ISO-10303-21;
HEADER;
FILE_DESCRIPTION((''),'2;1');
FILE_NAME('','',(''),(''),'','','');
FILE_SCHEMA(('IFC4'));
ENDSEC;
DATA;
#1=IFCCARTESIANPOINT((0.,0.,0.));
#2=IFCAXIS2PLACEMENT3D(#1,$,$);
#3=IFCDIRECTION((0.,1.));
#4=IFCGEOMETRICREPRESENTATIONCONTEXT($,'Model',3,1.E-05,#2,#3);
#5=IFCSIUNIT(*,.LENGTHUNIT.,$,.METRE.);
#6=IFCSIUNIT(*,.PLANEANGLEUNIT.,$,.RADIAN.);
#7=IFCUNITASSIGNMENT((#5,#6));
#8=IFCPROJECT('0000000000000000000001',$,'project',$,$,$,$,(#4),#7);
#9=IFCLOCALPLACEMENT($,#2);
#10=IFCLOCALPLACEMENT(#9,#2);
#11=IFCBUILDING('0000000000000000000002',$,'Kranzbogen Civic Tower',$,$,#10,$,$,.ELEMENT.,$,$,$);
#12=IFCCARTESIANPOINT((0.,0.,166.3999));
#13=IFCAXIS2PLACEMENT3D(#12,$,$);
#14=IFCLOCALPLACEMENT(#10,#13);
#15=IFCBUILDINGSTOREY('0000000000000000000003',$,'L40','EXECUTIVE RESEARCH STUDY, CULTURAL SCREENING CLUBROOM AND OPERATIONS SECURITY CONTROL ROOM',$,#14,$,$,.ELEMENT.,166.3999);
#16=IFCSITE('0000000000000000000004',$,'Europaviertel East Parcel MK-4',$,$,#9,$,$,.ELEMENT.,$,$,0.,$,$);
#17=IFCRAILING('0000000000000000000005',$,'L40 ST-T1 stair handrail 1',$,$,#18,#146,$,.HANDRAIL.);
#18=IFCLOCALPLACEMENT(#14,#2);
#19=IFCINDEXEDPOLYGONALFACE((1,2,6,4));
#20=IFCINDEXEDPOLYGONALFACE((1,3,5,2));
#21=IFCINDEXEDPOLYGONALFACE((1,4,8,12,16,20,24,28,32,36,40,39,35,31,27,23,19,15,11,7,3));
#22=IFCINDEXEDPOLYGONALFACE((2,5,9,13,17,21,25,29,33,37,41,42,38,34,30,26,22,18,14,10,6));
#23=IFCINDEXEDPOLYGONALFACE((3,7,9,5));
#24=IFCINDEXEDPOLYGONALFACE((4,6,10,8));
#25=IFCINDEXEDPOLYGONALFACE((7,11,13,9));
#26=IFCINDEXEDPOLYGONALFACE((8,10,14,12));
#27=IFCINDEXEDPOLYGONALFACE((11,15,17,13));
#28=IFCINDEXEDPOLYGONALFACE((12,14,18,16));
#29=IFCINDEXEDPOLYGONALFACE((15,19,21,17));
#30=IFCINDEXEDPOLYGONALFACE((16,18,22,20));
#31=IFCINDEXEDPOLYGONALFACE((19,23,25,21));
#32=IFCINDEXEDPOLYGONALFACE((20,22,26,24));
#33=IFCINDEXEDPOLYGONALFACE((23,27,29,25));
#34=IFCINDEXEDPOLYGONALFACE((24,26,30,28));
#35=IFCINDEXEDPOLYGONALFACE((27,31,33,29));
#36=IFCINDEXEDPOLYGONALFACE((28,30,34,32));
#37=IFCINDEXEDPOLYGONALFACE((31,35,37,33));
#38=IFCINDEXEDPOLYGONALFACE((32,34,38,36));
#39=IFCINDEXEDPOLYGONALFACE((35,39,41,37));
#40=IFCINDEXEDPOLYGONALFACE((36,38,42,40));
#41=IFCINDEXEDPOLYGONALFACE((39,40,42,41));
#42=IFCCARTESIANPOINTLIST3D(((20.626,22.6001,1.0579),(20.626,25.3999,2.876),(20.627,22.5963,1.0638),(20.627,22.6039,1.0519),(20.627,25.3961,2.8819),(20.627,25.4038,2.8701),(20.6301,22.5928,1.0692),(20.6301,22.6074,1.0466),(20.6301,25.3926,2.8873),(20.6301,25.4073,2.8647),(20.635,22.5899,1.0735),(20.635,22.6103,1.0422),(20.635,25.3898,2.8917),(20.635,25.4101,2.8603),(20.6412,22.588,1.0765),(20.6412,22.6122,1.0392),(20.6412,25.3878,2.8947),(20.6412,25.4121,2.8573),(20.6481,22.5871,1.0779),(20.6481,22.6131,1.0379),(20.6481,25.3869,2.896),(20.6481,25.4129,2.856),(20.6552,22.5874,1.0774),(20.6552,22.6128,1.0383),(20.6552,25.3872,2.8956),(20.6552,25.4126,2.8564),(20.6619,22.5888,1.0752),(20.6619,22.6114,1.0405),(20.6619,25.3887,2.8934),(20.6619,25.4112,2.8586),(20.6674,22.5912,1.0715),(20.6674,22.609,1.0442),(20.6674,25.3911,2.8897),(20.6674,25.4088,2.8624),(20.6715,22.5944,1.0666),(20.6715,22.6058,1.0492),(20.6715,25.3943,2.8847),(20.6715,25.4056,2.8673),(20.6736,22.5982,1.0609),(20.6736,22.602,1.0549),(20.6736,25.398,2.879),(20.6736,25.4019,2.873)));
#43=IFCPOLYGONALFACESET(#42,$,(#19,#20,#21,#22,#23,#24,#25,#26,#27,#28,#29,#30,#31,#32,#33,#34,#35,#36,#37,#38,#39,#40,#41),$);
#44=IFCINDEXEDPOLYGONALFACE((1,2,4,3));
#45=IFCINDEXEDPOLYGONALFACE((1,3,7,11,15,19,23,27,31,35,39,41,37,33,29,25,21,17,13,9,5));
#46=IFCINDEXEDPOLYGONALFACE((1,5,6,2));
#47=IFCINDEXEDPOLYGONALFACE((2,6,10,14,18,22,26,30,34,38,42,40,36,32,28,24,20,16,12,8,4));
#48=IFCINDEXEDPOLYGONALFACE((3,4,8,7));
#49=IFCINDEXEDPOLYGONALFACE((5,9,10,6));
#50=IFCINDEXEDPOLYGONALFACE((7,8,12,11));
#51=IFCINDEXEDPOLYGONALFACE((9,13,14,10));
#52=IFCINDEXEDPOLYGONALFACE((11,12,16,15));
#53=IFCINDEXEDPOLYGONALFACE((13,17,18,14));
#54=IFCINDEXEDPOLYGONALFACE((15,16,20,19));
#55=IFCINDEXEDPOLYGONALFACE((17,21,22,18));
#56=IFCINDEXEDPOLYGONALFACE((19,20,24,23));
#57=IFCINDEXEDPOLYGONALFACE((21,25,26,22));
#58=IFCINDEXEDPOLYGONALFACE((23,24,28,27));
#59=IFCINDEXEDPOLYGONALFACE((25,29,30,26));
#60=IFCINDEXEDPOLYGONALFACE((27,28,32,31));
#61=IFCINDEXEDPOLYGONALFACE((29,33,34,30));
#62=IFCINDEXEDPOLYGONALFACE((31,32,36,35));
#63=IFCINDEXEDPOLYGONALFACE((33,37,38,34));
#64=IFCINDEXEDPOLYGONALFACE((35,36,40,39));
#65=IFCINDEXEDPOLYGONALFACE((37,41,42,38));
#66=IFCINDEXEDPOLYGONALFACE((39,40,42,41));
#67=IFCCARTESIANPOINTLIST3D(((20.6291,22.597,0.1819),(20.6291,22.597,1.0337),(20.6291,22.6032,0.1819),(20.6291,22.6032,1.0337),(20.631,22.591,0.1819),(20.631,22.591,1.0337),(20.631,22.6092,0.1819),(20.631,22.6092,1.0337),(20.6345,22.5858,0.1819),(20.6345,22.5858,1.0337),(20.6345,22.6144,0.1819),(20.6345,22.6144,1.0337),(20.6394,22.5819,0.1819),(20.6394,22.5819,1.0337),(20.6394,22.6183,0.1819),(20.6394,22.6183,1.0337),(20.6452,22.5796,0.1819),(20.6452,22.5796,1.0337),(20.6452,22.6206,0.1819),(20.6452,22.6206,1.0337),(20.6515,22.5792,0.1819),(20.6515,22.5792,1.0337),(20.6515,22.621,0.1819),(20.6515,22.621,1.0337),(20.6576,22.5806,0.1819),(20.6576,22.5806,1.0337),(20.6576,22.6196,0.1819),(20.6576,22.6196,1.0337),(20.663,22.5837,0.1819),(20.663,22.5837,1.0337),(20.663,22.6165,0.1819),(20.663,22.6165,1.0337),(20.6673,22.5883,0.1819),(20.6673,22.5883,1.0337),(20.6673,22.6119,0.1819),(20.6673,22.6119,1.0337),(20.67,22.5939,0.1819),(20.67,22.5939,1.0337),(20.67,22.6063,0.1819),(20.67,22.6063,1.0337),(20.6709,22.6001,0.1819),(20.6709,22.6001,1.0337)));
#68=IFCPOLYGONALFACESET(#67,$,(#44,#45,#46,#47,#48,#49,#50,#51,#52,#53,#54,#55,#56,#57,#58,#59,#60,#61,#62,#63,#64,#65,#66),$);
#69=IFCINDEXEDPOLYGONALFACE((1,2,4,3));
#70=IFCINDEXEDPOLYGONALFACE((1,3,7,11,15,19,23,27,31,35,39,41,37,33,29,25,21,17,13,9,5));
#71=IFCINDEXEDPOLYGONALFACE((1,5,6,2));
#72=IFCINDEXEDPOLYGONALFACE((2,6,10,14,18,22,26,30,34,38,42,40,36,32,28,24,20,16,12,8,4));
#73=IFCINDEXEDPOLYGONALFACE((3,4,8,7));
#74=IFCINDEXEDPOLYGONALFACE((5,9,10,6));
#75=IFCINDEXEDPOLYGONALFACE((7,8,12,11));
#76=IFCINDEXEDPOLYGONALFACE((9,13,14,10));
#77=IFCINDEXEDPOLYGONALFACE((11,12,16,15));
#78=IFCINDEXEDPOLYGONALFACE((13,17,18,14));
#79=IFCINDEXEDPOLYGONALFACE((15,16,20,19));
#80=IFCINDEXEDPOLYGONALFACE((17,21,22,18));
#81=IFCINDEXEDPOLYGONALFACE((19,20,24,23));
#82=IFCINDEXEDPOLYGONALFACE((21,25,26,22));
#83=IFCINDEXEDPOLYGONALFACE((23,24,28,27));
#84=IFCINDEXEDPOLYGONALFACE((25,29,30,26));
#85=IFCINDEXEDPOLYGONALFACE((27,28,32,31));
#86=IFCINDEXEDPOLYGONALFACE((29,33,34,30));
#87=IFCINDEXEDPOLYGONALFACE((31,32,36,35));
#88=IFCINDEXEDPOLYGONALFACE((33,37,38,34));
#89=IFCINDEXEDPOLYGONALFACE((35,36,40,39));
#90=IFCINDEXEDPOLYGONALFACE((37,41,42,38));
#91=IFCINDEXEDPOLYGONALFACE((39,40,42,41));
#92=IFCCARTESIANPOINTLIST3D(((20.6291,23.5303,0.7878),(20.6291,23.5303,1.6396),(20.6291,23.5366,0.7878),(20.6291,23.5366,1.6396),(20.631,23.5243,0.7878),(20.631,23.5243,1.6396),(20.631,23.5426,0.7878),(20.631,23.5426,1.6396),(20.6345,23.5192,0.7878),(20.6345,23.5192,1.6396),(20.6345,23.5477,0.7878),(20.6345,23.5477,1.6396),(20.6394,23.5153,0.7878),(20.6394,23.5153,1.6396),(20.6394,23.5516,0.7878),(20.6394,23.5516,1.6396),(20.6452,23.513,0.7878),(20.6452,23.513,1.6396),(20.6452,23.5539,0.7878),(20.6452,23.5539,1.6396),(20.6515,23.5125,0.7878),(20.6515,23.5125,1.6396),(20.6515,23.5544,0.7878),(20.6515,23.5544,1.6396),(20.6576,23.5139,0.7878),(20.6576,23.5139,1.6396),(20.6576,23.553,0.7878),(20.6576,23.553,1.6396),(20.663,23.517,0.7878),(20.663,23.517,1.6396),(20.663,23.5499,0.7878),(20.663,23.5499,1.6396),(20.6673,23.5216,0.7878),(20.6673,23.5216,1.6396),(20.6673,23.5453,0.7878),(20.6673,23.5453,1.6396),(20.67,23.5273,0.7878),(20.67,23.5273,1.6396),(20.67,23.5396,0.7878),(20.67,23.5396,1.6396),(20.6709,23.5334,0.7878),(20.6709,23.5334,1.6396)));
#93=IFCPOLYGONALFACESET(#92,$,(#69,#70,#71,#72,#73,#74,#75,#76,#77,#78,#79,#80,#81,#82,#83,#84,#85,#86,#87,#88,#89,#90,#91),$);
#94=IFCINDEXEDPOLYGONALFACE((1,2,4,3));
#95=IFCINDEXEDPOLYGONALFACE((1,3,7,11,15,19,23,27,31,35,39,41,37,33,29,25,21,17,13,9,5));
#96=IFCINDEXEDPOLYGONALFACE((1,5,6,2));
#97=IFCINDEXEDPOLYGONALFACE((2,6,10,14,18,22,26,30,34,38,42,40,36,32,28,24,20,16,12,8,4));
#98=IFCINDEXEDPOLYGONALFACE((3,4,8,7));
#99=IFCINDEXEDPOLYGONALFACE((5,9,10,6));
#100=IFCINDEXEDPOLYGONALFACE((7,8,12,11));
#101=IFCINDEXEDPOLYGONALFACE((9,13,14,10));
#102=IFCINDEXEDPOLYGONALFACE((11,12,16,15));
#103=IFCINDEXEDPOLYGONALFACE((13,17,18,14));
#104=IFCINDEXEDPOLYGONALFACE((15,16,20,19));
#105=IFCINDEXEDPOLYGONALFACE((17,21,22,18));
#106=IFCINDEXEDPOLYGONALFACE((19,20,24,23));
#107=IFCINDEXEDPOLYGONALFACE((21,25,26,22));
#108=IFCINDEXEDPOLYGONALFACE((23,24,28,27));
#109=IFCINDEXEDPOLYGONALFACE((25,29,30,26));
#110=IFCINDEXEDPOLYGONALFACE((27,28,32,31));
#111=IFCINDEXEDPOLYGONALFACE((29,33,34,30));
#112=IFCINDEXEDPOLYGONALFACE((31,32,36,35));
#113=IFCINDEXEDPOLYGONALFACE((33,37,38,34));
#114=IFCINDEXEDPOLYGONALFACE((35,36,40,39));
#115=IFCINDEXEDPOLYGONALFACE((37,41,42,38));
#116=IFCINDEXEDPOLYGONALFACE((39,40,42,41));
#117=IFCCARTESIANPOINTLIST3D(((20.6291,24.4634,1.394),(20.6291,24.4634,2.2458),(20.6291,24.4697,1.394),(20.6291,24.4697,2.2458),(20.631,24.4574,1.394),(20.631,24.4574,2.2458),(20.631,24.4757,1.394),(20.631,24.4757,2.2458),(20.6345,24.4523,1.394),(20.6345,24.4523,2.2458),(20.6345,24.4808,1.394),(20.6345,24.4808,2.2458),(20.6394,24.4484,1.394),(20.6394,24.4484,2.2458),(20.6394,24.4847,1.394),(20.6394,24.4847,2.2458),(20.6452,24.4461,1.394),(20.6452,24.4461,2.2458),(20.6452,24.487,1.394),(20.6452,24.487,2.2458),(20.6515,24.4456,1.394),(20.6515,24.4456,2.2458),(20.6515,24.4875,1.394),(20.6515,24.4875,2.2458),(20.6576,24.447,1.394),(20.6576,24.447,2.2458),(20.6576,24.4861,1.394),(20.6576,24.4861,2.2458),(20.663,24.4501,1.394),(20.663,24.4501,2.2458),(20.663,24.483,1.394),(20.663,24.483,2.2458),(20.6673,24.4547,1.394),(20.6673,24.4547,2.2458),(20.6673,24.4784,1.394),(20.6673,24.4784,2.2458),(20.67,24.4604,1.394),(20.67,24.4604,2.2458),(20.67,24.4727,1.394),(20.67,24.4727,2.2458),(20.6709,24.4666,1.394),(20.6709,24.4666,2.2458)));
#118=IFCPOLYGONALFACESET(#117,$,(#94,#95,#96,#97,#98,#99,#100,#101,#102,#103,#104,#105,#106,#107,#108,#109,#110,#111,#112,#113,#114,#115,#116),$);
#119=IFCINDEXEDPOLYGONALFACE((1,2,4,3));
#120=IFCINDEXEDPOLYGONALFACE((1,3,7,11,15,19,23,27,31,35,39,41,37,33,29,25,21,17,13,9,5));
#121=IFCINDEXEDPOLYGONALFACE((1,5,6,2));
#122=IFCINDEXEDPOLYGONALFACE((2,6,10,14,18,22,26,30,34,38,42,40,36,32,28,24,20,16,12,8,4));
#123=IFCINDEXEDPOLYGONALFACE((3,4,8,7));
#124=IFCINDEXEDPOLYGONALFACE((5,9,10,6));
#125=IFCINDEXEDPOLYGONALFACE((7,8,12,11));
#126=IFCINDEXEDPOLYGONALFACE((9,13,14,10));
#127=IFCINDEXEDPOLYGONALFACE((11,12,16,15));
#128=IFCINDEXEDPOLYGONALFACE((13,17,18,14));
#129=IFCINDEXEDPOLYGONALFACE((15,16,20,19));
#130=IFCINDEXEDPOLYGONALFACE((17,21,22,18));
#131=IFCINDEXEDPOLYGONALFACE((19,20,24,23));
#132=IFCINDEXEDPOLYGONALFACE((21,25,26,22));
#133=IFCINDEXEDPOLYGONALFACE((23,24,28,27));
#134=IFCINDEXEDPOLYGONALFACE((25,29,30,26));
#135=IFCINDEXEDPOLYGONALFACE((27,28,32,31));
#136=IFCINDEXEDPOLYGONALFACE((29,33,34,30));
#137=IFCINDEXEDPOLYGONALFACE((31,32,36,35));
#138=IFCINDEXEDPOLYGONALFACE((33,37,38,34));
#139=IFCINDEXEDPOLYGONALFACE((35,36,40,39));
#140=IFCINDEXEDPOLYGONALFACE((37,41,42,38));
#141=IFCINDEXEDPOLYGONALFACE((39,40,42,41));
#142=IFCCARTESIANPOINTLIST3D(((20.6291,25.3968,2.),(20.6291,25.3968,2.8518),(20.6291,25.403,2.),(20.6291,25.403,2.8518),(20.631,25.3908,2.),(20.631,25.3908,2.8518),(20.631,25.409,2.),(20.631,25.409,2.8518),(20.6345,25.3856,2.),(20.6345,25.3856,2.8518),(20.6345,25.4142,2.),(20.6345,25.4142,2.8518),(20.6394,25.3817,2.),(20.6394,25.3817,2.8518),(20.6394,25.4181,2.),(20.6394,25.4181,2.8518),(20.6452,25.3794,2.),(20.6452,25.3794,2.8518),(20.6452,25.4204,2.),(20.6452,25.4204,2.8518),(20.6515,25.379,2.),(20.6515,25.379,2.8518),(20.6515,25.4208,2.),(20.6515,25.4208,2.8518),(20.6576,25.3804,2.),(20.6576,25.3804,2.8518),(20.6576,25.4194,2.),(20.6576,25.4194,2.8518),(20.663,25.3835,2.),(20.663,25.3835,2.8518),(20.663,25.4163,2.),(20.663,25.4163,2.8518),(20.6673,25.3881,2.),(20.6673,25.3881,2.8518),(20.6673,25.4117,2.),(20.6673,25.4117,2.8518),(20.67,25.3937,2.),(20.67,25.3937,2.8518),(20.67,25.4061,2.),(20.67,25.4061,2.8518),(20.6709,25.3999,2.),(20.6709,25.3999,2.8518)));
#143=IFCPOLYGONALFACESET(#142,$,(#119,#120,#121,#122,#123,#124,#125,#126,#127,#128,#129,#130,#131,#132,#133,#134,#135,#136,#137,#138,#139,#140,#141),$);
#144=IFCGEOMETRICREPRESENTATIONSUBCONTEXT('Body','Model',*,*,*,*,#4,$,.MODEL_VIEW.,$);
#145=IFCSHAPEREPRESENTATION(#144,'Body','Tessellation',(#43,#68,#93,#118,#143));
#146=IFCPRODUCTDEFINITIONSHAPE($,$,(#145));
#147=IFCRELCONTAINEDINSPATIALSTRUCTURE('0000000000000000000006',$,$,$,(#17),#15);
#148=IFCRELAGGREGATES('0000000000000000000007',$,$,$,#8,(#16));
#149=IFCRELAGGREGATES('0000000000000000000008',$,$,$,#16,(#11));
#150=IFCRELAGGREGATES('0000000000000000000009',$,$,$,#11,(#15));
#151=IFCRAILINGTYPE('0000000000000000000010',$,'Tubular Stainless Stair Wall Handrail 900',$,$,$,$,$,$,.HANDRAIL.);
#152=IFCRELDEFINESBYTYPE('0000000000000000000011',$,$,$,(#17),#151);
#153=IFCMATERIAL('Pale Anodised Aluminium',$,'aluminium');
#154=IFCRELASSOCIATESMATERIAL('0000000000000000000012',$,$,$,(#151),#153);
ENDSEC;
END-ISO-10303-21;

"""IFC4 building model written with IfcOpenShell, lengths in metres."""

from ifc_helpers import new_model, si_unit, direction, frame, origin, origin_2d, place, context, subcontext, project, spatial, circle, extrude, material, type_object, element, save


model = new_model("IFC4")

# Units and contexts
model_context = context("Model", 3, precision=1e-05, world=origin(), true_north=direction((0.0, 1.0)))
body_context = subcontext(model_context, "Body", "Model", "MODEL_VIEW")
ifc_project = project(units=[si_unit("LENGTHUNIT", "METRE"), si_unit("PLANEANGLEUNIT", "RADIAN")], contexts=[model_context])

# Site, building, storey
site_placement = place(None, origin())
site = spatial("IfcSite", under=ifc_project, at=site_placement, Name="Europaviertel East Parcel MK-4", CompositionType="ELEMENT", RefElevation=0.0)
building_placement = place(site_placement, origin())
building = spatial("IfcBuilding", under=site, at=building_placement, Name="Kranzbogen Civic Tower", CompositionType="ELEMENT")
storey_placement = place(building_placement, frame((0.0, 0.0, 166.3999)))
storey = spatial("IfcBuildingStorey", under=building, at=storey_placement, Name="L40", Description="EXECUTIVE RESEARCH STUDY, CULTURAL SCREENING CLUBROOM AND OPERATIONS SECURITY CONTROL ROOM", CompositionType="ELEMENT", Elevation=166.3999)

# Shared definitions
ifc_material_1 = material(Name="Pale Anodised Aluminium", Category="aluminium")

# Railing
railing_type_1 = type_object("IfcRailingType", Name="Tubular Stainless Stair Wall Handrail 900", PredefinedType="HANDRAIL", material=ifc_material_1)
railing_1_placement = place(storey_placement, frame((20.6499, 22.6001, 0.1819)))
element("IfcRailing", 1, at=railing_1_placement, inside=storey, type_object=railing_type_1, Name="L40 ST-T1 stair handrail 1", PredefinedType="HANDRAIL", context=body_context, shape_type="SweptSolid", body=[
    extrude(circle(Radius=0.0239, at=origin_2d()), frame((0.0, 0.0, 0.876), z_axis=(0.0, 0.838684, 0.544618), x_axis=(-1.0, 0.0, 0.0)), (0.0, 0.0, 1.0), 3.3384),
    extrude(circle(Radius=0.021, at=origin_2d()), origin(), (0.0, 0.0, 1.0), 0.8518),
    extrude(circle(Radius=0.021, at=origin_2d()), frame((0.0, 0.9333, 0.606)), (0.0, 0.0, 1.0), 0.8518),
    extrude(circle(Radius=0.021, at=origin_2d()), frame((0.0, 1.8665, 1.2122)), (0.0, 0.0, 1.0), 0.8518),
    extrude(circle(Radius=0.021, at=origin_2d()), frame((0.0, 2.7998, 1.8181)), (0.0, 0.0, 1.0), 0.8518),
])

save(model, "model.ifc")
